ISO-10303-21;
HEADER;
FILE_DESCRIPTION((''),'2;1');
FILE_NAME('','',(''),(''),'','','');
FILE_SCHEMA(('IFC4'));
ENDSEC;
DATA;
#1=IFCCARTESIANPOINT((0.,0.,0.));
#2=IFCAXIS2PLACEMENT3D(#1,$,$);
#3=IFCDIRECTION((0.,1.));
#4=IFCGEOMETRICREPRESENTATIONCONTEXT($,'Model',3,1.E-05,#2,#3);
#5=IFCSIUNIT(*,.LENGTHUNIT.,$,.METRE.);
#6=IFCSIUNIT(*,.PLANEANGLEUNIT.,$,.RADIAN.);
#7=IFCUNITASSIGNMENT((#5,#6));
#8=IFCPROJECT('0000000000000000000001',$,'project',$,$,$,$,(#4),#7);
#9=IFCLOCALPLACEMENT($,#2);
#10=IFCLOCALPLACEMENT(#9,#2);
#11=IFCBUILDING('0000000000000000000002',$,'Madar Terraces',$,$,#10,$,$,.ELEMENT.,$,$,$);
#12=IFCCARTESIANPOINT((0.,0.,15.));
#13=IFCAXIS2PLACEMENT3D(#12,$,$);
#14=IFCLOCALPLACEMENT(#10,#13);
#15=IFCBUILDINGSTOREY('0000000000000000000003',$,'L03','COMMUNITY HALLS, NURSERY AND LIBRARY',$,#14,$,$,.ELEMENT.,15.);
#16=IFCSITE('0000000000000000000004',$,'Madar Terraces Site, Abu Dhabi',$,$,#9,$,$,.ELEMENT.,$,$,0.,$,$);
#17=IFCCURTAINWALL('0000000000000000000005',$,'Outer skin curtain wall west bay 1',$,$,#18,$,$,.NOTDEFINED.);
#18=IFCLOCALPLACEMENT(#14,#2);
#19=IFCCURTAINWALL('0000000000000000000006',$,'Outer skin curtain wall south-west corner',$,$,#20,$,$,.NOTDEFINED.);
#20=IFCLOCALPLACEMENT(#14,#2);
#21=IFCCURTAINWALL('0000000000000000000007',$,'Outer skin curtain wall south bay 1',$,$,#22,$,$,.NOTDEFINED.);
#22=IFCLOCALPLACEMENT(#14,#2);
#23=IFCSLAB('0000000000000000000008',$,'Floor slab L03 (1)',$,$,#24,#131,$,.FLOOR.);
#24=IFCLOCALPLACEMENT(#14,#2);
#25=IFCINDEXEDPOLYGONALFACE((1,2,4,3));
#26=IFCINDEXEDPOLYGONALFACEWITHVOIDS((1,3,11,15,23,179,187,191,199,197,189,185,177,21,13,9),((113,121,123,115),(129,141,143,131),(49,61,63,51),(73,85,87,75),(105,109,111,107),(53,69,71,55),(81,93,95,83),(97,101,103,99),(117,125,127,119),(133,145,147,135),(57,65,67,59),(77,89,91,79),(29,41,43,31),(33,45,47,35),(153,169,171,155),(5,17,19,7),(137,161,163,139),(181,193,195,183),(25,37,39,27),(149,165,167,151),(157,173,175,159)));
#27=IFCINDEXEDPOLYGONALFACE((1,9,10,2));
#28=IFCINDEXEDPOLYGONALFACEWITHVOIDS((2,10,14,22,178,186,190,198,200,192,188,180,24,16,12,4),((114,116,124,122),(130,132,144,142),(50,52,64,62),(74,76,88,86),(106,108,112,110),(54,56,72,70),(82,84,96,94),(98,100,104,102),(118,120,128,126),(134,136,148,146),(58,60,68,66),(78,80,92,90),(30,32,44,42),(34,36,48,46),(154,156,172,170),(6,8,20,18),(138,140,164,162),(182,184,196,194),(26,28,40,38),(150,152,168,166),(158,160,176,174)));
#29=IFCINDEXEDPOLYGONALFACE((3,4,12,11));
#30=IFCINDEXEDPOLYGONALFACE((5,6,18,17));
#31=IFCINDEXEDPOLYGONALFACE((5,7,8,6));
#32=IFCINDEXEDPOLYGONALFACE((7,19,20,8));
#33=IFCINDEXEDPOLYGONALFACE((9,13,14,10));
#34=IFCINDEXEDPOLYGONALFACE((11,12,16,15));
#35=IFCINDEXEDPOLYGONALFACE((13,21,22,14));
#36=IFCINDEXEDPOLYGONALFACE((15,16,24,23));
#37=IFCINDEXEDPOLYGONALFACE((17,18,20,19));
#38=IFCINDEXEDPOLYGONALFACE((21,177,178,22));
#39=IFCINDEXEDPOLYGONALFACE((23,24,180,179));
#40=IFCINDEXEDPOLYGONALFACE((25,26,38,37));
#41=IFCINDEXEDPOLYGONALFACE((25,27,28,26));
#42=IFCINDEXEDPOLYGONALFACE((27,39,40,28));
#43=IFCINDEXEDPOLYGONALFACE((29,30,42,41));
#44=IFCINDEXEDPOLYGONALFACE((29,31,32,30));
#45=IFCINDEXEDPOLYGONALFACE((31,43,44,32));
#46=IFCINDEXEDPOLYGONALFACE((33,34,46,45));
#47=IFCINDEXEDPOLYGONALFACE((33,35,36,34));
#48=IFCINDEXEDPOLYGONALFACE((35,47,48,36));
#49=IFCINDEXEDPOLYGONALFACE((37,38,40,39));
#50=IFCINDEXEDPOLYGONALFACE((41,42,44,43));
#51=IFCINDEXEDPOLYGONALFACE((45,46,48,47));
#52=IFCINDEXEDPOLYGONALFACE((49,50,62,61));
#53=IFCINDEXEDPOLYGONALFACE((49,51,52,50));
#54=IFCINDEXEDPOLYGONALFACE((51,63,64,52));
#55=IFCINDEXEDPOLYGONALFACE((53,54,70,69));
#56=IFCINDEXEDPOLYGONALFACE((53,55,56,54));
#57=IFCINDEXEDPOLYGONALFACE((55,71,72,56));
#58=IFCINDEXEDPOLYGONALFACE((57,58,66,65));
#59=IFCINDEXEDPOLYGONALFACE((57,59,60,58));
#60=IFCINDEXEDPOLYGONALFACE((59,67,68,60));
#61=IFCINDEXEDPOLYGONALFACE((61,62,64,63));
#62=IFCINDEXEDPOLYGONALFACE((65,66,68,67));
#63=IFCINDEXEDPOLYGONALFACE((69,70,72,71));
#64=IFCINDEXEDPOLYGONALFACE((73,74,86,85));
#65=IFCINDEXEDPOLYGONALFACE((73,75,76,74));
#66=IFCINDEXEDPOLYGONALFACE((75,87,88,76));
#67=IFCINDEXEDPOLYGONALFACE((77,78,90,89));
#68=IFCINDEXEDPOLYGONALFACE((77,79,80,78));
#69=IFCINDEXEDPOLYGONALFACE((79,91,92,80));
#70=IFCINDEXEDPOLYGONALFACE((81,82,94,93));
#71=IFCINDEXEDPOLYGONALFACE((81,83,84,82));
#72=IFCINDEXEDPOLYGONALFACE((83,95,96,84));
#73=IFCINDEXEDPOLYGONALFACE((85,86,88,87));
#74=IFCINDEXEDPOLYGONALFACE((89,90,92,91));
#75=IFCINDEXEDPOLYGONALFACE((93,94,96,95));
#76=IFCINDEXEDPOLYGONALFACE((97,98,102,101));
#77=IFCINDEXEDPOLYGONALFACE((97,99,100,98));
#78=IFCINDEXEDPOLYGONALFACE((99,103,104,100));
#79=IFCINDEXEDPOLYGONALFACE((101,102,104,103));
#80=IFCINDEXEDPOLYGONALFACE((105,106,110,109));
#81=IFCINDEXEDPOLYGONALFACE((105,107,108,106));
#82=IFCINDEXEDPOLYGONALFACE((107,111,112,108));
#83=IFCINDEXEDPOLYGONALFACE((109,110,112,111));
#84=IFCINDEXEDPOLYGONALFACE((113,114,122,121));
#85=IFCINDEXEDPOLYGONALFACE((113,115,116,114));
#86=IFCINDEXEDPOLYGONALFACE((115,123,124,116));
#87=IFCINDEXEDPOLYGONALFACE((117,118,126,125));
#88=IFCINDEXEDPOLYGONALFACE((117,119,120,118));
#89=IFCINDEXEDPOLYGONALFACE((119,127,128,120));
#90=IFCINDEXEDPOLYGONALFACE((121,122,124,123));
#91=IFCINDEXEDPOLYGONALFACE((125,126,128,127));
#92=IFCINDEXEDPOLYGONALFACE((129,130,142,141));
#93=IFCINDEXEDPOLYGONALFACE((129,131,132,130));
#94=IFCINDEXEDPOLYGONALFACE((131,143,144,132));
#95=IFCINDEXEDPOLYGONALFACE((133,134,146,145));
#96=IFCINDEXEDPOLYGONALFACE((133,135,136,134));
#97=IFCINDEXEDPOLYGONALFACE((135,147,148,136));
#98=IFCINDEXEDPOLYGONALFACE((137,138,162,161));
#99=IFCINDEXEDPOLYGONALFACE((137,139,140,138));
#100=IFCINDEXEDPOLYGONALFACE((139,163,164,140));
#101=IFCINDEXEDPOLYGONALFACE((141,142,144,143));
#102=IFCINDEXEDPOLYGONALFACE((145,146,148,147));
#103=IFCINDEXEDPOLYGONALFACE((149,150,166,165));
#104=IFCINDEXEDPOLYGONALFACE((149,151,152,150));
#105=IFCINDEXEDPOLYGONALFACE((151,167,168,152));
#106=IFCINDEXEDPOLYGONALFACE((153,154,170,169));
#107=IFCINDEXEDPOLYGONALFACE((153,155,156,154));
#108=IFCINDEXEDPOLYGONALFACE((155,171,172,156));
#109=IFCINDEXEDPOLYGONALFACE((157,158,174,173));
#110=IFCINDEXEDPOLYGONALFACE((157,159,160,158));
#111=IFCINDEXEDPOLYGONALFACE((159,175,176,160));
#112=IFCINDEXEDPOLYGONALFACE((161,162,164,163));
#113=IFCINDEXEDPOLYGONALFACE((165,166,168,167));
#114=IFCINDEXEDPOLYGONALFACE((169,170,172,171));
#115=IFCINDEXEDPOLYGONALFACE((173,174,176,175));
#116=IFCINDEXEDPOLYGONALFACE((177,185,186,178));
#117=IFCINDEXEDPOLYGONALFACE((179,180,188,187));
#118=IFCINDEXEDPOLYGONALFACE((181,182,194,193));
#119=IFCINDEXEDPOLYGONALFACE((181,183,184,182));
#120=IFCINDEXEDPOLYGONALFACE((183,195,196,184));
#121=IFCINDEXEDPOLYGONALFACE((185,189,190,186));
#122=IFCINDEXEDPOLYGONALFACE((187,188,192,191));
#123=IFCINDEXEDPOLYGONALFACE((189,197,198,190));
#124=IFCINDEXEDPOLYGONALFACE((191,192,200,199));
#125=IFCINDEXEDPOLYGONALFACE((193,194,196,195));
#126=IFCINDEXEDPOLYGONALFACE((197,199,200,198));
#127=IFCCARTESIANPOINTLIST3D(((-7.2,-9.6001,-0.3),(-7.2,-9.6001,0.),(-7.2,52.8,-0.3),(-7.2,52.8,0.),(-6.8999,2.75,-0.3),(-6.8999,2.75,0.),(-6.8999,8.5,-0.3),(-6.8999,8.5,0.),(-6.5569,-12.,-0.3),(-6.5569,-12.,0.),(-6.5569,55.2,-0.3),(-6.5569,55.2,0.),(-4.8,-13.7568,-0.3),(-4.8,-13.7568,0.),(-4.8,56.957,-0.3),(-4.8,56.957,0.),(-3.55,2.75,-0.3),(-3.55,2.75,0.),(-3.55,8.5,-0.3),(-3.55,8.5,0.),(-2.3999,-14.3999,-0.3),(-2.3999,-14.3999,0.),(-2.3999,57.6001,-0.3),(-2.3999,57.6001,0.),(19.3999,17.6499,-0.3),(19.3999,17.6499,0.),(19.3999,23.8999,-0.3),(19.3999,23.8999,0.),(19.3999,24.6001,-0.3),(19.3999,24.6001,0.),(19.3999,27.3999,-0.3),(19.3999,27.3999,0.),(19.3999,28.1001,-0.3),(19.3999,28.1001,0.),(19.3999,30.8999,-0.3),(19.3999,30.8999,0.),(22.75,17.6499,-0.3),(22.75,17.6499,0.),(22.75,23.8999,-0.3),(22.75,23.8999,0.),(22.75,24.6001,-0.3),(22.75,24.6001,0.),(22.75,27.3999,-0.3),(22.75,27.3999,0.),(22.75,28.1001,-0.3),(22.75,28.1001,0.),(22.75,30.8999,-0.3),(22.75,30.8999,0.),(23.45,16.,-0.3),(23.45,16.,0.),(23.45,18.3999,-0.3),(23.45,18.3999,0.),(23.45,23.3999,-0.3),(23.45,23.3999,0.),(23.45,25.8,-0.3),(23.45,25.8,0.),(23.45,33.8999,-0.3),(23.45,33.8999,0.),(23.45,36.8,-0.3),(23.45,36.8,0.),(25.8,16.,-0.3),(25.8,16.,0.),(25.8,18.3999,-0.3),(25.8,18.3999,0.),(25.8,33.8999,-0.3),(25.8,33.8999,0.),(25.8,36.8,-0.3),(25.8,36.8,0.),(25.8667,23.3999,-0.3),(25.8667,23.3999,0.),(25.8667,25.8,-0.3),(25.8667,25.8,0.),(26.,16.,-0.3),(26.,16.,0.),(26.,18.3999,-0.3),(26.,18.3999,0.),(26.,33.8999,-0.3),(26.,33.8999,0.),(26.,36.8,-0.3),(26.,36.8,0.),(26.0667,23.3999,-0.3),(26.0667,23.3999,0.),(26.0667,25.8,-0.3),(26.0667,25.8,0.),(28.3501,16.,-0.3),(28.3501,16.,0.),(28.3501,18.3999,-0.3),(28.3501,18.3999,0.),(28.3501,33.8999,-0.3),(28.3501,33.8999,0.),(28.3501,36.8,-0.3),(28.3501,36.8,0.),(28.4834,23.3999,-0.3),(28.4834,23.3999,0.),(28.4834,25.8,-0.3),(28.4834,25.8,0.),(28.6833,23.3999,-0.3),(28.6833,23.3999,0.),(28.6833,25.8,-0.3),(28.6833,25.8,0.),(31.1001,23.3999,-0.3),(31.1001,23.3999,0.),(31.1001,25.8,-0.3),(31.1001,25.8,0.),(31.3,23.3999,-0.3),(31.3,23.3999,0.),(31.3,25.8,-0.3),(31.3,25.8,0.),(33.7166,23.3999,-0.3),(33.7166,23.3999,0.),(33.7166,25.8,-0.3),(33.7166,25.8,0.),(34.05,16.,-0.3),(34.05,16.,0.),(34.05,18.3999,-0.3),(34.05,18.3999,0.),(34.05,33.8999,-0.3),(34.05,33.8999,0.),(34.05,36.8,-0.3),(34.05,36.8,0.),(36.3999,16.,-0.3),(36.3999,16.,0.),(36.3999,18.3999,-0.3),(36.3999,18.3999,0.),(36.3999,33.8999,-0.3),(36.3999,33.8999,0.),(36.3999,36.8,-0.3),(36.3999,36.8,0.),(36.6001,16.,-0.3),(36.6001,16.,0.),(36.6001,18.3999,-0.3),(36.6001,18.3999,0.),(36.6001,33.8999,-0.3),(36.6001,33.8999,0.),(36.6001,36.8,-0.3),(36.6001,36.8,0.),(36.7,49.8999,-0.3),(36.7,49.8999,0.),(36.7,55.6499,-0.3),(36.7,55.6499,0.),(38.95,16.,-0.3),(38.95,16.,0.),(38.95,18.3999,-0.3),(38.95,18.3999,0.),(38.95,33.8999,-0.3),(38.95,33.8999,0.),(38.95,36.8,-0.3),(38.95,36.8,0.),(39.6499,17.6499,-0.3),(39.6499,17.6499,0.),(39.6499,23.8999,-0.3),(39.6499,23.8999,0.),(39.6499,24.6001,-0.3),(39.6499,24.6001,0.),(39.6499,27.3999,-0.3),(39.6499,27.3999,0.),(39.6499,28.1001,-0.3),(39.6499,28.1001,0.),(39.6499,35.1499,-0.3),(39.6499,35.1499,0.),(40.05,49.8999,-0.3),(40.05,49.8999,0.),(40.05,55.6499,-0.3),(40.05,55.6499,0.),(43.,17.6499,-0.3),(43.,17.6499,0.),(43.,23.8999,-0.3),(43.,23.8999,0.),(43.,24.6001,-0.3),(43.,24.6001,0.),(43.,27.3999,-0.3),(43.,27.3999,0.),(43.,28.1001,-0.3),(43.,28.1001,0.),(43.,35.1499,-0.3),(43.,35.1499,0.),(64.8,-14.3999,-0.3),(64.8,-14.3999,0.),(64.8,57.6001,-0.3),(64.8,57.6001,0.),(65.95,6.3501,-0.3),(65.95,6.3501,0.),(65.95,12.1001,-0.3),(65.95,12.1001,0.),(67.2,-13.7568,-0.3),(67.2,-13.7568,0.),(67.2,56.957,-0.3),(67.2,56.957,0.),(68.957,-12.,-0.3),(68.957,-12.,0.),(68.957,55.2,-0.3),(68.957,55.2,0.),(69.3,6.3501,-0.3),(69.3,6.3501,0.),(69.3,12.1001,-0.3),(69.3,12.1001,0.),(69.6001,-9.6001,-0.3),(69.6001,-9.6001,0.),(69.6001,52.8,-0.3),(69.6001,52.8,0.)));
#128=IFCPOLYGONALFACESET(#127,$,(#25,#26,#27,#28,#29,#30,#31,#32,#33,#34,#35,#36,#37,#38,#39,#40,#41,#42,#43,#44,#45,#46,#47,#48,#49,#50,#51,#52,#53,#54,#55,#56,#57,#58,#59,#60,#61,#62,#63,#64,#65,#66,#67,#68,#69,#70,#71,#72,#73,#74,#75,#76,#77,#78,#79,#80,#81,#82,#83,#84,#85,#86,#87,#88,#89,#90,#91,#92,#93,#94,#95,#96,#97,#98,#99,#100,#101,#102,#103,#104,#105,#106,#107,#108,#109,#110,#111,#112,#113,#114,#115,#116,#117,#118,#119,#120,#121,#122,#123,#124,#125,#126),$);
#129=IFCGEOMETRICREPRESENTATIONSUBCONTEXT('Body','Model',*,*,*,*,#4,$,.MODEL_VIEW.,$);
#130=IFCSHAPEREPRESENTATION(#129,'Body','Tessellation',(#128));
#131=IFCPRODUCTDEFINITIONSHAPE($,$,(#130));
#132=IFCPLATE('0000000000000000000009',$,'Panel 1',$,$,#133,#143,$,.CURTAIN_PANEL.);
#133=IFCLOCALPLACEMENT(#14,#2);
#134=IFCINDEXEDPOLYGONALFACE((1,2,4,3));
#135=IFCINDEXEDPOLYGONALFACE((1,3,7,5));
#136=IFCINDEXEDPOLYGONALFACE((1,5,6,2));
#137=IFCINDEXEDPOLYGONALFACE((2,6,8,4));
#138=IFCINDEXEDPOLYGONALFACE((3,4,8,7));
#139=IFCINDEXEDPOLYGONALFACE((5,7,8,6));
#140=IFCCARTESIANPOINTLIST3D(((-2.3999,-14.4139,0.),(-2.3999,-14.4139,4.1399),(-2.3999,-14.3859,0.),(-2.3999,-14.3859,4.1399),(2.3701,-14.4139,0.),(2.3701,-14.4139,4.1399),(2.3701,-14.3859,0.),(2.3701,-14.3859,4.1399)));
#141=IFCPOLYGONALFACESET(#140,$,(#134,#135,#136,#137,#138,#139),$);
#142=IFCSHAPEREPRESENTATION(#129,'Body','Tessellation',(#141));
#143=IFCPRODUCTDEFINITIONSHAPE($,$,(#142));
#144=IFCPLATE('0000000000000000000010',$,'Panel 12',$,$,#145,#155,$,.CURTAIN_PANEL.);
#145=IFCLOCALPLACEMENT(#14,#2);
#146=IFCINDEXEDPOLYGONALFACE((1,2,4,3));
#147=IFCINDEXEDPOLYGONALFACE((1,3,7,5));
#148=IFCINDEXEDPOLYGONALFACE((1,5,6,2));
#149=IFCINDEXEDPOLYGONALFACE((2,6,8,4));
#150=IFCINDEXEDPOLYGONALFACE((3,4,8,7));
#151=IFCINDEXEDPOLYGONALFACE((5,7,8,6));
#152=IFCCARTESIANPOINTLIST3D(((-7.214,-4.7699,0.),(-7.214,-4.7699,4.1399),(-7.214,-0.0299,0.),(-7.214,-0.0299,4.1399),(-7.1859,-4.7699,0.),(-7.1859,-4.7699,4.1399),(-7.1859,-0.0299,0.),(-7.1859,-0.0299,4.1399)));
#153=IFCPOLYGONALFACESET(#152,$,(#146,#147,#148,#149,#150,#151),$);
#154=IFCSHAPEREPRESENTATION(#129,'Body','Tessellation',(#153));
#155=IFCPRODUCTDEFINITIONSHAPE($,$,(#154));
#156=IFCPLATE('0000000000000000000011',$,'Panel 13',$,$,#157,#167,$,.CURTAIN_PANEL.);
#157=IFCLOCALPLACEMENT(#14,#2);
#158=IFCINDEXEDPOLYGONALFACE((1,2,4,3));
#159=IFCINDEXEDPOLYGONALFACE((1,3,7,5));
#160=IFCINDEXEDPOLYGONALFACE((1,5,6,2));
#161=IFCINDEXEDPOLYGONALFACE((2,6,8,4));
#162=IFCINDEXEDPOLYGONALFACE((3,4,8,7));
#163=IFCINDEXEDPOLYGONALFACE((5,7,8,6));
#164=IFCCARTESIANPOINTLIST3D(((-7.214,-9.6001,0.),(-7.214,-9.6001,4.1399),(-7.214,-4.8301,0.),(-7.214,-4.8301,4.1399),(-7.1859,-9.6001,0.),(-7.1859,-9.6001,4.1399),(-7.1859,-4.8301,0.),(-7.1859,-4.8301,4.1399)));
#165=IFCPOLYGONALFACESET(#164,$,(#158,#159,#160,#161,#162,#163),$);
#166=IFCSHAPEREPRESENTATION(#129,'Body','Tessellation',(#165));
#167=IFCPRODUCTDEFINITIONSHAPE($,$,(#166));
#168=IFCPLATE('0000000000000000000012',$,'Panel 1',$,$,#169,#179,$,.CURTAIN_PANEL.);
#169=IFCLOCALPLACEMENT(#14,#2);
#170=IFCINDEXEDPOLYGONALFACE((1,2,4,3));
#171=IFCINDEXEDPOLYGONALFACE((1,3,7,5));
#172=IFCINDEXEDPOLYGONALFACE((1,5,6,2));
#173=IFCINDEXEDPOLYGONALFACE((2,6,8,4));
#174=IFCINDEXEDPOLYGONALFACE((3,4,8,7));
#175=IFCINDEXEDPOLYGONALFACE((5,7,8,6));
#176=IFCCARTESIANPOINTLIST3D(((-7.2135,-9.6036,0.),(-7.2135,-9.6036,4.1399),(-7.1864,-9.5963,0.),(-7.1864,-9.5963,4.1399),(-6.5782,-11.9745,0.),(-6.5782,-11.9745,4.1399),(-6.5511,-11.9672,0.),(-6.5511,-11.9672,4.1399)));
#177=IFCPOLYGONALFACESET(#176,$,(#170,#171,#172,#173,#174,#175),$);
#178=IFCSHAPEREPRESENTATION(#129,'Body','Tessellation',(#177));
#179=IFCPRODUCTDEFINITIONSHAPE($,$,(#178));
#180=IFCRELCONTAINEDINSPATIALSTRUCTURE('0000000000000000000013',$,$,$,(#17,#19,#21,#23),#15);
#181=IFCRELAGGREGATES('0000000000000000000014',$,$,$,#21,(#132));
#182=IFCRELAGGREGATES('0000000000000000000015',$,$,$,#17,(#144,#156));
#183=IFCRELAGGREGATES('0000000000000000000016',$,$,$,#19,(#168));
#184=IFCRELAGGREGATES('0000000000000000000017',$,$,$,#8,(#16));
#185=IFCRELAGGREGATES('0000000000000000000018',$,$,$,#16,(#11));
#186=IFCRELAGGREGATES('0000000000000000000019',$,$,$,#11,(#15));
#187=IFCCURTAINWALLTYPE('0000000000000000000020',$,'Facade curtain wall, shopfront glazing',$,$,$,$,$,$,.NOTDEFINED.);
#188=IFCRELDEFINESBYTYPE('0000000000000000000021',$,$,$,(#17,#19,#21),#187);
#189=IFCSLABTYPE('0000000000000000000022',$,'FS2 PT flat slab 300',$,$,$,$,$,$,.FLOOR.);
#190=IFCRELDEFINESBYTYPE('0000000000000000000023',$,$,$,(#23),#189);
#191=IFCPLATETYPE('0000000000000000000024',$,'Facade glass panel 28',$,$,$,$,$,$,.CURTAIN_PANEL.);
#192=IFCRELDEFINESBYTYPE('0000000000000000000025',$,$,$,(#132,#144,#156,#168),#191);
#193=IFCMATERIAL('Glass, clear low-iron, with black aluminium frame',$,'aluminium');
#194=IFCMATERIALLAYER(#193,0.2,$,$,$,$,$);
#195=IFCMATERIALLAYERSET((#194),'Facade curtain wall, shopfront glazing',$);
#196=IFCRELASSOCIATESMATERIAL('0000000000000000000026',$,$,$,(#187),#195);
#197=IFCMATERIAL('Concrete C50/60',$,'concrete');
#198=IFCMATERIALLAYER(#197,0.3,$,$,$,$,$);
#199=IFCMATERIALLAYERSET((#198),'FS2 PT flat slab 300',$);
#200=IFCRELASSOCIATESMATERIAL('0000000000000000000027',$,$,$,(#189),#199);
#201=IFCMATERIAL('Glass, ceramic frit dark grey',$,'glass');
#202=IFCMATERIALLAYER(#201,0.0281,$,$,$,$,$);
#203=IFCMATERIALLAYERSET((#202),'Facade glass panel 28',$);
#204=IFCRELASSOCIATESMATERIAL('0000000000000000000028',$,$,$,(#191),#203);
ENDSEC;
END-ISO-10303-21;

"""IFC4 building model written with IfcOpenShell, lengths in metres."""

from ifc_helpers import new_model, si_unit, direction, frame, origin, origin_2d, place, context, subcontext, project, spatial, polyline, rectangle, outline, extrude, material, layer, layer_set, type_object, element, aggregate, save


model = new_model("IFC4")

# Units and contexts
model_context = context("Model", 3, precision=1e-05, world=origin(), true_north=direction((0.0, 1.0)))
body_context = subcontext(model_context, "Body", "Model", "MODEL_VIEW")
ifc_project = project(units=[si_unit("LENGTHUNIT", "METRE"), si_unit("PLANEANGLEUNIT", "RADIAN")], contexts=[model_context])

# Site, building, storey
site_placement = place(None, origin())
site = spatial("IfcSite", under=ifc_project, at=site_placement, Name="Madar Terraces Site, Abu Dhabi", CompositionType="ELEMENT", RefElevation=0.0)
building_placement = place(site_placement, origin())
building = spatial("IfcBuilding", under=site, at=building_placement, Name="Madar Terraces", CompositionType="ELEMENT")
storey_placement = place(building_placement, frame((0.0, 0.0, 15.0)))
storey = spatial("IfcBuildingStorey", under=building, at=storey_placement, Name="L03", Description="COMMUNITY HALLS, NURSERY AND LIBRARY", CompositionType="ELEMENT", Elevation=15.0)

# Curtain walls
ifc_material_1 = material(Name="Glass, clear low-iron, with black aluminium frame", Category="aluminium")
ifc_layer_1 = layer(ifc_material_1, 0.2)
ifc_layer_set_1 = layer_set([ifc_layer_1], Name="Facade curtain wall, shopfront glazing")
curtain_wall_type = type_object("IfcCurtainWallType", Name="Facade curtain wall, shopfront glazing", PredefinedType="NOTDEFINED", material=ifc_layer_set_1)
curtain_wall_1_placement = place(storey_placement, origin())
curtain_wall_1 = element("IfcCurtainWall", 1, at=curtain_wall_1_placement, inside=storey, type_object=curtain_wall_type, Name="Outer skin curtain wall west bay 1", PredefinedType="NOTDEFINED")
curtain_wall_2_placement = place(storey_placement, origin())
curtain_wall_2 = element("IfcCurtainWall", 2, at=curtain_wall_2_placement, inside=storey, type_object=curtain_wall_type, Name="Outer skin curtain wall south-west corner", PredefinedType="NOTDEFINED")

# Curtain wall
curtain_wall_3_placement = place(storey_placement, origin())
curtain_wall_3 = element("IfcCurtainWall", 3, at=curtain_wall_3_placement, inside=storey, type_object=curtain_wall_type, Name="Outer skin curtain wall south bay 1", PredefinedType="NOTDEFINED")

# Slab
ifc_material_2 = material(Name="Concrete C50/60", Category="concrete")
ifc_layer_2 = layer(ifc_material_2, 0.3)
ifc_layer_set_2 = layer_set([ifc_layer_2], Name="FS2 PT flat slab 300")
slab_type_1 = type_object("IfcSlabType", Name="FS2 PT flat slab 300", PredefinedType="FLOOR", material=ifc_layer_set_2)
slab_1_placement = place(storey_placement, frame((0.0, 0.0, -0.3)))
element("IfcSlab", 4, at=slab_1_placement, inside=storey, type_object=slab_type_1, Name="Floor slab L03 (1)", PredefinedType="FLOOR", context=body_context, shape_type="SweptSolid", body=[
    extrude(outline(polyline([(64.8, -14.3999), (67.2, -13.7568), (68.957, -12.0), (69.6001, -9.6001), (69.6001, 52.8), (68.957, 55.2), (67.2, 56.957), (64.8, 57.6001), (-2.3999, 57.6001), (-4.8, 56.957), (-6.5569, 55.2), (-7.2, 52.8), (-7.2, -9.6001), (-6.5569, -12.0), (-4.8, -13.7568), (-2.3999, -14.3999), (64.8, -14.3999)]), holes=[polyline([(-6.8999, 2.75), (-6.8999, 8.5), (-3.55, 8.5), (-3.55, 2.75), (-6.8999, 2.75)]), polyline([(23.45, 16.0), (23.45, 18.3999), (25.8, 18.3999), (25.8, 16.0), (23.45, 16.0)]), polyline([(26.0, 16.0), (26.0, 18.3999), (28.3501, 18.3999), (28.3501, 16.0), (26.0, 16.0)]), polyline([(19.3999, 23.8999), (22.75, 23.8999), (22.75, 17.6499), (19.3999, 17.6499), (19.3999, 23.8999)]), polyline([(23.45, 25.8), (25.8667, 25.8), (25.8667, 23.3999), (23.45, 23.3999), (23.45, 25.8)]), polyline([(26.0667, 23.3999), (26.0667, 25.8), (28.4834, 25.8), (28.4834, 23.3999), (26.0667, 23.3999)]), polyline([(28.6833, 23.3999), (28.6833, 25.8), (31.1001, 25.8), (31.1001, 23.3999), (28.6833, 23.3999)]), polyline([(19.3999, 24.6001), (19.3999, 27.3999), (22.75, 27.3999), (22.75, 24.6001), (19.3999, 24.6001)]), polyline([(19.3999, 30.8999), (22.75, 30.8999), (22.75, 28.1001), (19.3999, 28.1001), (19.3999, 30.8999)]), polyline([(23.45, 36.8), (25.8, 36.8), (25.8, 33.8999), (23.45, 33.8999), (23.45, 36.8)]), polyline([(26.0, 33.8999), (26.0, 36.8), (28.3501, 36.8), (28.3501, 33.8999), (26.0, 33.8999)]), polyline([(65.95, 6.3501), (65.95, 12.1001), (69.3, 12.1001), (69.3, 6.3501), (65.95, 6.3501)]), polyline([(34.05, 16.0), (34.05, 18.3999), (36.3999, 18.3999), (36.3999, 16.0), (34.05, 16.0)]), polyline([(36.6001, 18.3999), (38.95, 18.3999), (38.95, 16.0), (36.6001, 16.0), (36.6001, 18.3999)]), polyline([(39.6499, 23.8999), (43.0, 23.8999), (43.0, 17.6499), (39.6499, 17.6499), (39.6499, 23.8999)]), polyline([(31.3, 23.3999), (31.3, 25.8), (33.7166, 25.8), (33.7166, 23.3999), (31.3, 23.3999)]), polyline([(39.6499, 27.3999), (43.0, 27.3999), (43.0, 24.6001), (39.6499, 24.6001), (39.6499, 27.3999)]), polyline([(39.6499, 35.1499), (43.0, 35.1499), (43.0, 28.1001), (39.6499, 28.1001), (39.6499, 35.1499)]), polyline([(34.05, 33.8999), (34.05, 36.8), (36.3999, 36.8), (36.3999, 33.8999), (34.05, 33.8999)]), polyline([(36.6001, 36.8), (38.95, 36.8), (38.95, 33.8999), (36.6001, 33.8999), (36.6001, 36.8)]), polyline([(36.7, 55.6499), (40.05, 55.6499), (40.05, 49.8999), (36.7, 49.8999), (36.7, 55.6499)])]), origin(), (0.0, 0.0, 1.0), 0.3),
])

# Plates
ifc_material_3 = material(Name="Glass, ceramic frit dark grey", Category="glass")
ifc_layer_3 = layer(ifc_material_3, 0.0281)
ifc_layer_set_3 = layer_set([ifc_layer_3], Name="Facade glass panel 28")
plate_type = type_object("IfcPlateType", Name="Facade glass panel 28", PredefinedType="CURTAIN_PANEL", material=ifc_layer_set_3)
plate_1_placement = place(storey_placement, frame((-0.0149, -14.3999, 0.0), z_axis=(0.0, 0.0, 1.0), x_axis=(1.0, 0.0, 0.0)))
plate_1 = element("IfcPlate", 5, at=plate_1_placement, type_object=plate_type, Name="Panel 1", PredefinedType="CURTAIN_PANEL", context=body_context, shape_type="SweptSolid", body=[
    extrude(rectangle(XDim=4.77, YDim=0.0281, at=origin_2d()), origin(), (0.0, 0.0, 1.0), 4.1399),
])
aggregate(curtain_wall_3, [plate_1])
plate_2_placement = place(storey_placement, frame((-7.2, -2.3999, 0.0), z_axis=(0.0, 0.0, 1.0), x_axis=(0.0, -1.0, 0.0)))
plate_2 = element("IfcPlate", 6, at=plate_2_placement, type_object=plate_type, Name="Panel 12", PredefinedType="CURTAIN_PANEL", context=body_context, shape_type="SweptSolid", body=[
    extrude(rectangle(XDim=4.74, YDim=0.0281, at=origin_2d()), origin(), (0.0, 0.0, 1.0), 4.1399),
])
plate_3_placement = place(storey_placement, frame((-7.2, -7.2151, 0.0), z_axis=(0.0, 0.0, 1.0), x_axis=(0.0, -1.0, 0.0)))
plate_3 = element("IfcPlate", 7, at=plate_3_placement, type_object=plate_type, Name="Panel 13", PredefinedType="CURTAIN_PANEL", context=body_context, shape_type="SweptSolid", body=[
    extrude(rectangle(XDim=4.77, YDim=0.0281, at=origin_2d()), origin(), (0.0, 0.0, 1.0), 4.1399),
])
aggregate(curtain_wall_1, [plate_2, plate_3])
plate_4_placement = place(storey_placement, frame((-6.8823, -10.7854, 0.0), z_axis=(0.0, 0.0, 1.0), x_axis=(0.258819, -0.965926, 0.0)))
plate_4 = element("IfcPlate", 8, at=plate_4_placement, type_object=plate_type, Name="Panel 1", PredefinedType="CURTAIN_PANEL", context=body_context, shape_type="SweptSolid", body=[
    extrude(rectangle(XDim=2.4546, YDim=0.0281, at=origin_2d()), origin(), (0.0, 0.0, 1.0), 4.1399),
])
aggregate(curtain_wall_2, [plate_4])

save(model, "model.ifc")
